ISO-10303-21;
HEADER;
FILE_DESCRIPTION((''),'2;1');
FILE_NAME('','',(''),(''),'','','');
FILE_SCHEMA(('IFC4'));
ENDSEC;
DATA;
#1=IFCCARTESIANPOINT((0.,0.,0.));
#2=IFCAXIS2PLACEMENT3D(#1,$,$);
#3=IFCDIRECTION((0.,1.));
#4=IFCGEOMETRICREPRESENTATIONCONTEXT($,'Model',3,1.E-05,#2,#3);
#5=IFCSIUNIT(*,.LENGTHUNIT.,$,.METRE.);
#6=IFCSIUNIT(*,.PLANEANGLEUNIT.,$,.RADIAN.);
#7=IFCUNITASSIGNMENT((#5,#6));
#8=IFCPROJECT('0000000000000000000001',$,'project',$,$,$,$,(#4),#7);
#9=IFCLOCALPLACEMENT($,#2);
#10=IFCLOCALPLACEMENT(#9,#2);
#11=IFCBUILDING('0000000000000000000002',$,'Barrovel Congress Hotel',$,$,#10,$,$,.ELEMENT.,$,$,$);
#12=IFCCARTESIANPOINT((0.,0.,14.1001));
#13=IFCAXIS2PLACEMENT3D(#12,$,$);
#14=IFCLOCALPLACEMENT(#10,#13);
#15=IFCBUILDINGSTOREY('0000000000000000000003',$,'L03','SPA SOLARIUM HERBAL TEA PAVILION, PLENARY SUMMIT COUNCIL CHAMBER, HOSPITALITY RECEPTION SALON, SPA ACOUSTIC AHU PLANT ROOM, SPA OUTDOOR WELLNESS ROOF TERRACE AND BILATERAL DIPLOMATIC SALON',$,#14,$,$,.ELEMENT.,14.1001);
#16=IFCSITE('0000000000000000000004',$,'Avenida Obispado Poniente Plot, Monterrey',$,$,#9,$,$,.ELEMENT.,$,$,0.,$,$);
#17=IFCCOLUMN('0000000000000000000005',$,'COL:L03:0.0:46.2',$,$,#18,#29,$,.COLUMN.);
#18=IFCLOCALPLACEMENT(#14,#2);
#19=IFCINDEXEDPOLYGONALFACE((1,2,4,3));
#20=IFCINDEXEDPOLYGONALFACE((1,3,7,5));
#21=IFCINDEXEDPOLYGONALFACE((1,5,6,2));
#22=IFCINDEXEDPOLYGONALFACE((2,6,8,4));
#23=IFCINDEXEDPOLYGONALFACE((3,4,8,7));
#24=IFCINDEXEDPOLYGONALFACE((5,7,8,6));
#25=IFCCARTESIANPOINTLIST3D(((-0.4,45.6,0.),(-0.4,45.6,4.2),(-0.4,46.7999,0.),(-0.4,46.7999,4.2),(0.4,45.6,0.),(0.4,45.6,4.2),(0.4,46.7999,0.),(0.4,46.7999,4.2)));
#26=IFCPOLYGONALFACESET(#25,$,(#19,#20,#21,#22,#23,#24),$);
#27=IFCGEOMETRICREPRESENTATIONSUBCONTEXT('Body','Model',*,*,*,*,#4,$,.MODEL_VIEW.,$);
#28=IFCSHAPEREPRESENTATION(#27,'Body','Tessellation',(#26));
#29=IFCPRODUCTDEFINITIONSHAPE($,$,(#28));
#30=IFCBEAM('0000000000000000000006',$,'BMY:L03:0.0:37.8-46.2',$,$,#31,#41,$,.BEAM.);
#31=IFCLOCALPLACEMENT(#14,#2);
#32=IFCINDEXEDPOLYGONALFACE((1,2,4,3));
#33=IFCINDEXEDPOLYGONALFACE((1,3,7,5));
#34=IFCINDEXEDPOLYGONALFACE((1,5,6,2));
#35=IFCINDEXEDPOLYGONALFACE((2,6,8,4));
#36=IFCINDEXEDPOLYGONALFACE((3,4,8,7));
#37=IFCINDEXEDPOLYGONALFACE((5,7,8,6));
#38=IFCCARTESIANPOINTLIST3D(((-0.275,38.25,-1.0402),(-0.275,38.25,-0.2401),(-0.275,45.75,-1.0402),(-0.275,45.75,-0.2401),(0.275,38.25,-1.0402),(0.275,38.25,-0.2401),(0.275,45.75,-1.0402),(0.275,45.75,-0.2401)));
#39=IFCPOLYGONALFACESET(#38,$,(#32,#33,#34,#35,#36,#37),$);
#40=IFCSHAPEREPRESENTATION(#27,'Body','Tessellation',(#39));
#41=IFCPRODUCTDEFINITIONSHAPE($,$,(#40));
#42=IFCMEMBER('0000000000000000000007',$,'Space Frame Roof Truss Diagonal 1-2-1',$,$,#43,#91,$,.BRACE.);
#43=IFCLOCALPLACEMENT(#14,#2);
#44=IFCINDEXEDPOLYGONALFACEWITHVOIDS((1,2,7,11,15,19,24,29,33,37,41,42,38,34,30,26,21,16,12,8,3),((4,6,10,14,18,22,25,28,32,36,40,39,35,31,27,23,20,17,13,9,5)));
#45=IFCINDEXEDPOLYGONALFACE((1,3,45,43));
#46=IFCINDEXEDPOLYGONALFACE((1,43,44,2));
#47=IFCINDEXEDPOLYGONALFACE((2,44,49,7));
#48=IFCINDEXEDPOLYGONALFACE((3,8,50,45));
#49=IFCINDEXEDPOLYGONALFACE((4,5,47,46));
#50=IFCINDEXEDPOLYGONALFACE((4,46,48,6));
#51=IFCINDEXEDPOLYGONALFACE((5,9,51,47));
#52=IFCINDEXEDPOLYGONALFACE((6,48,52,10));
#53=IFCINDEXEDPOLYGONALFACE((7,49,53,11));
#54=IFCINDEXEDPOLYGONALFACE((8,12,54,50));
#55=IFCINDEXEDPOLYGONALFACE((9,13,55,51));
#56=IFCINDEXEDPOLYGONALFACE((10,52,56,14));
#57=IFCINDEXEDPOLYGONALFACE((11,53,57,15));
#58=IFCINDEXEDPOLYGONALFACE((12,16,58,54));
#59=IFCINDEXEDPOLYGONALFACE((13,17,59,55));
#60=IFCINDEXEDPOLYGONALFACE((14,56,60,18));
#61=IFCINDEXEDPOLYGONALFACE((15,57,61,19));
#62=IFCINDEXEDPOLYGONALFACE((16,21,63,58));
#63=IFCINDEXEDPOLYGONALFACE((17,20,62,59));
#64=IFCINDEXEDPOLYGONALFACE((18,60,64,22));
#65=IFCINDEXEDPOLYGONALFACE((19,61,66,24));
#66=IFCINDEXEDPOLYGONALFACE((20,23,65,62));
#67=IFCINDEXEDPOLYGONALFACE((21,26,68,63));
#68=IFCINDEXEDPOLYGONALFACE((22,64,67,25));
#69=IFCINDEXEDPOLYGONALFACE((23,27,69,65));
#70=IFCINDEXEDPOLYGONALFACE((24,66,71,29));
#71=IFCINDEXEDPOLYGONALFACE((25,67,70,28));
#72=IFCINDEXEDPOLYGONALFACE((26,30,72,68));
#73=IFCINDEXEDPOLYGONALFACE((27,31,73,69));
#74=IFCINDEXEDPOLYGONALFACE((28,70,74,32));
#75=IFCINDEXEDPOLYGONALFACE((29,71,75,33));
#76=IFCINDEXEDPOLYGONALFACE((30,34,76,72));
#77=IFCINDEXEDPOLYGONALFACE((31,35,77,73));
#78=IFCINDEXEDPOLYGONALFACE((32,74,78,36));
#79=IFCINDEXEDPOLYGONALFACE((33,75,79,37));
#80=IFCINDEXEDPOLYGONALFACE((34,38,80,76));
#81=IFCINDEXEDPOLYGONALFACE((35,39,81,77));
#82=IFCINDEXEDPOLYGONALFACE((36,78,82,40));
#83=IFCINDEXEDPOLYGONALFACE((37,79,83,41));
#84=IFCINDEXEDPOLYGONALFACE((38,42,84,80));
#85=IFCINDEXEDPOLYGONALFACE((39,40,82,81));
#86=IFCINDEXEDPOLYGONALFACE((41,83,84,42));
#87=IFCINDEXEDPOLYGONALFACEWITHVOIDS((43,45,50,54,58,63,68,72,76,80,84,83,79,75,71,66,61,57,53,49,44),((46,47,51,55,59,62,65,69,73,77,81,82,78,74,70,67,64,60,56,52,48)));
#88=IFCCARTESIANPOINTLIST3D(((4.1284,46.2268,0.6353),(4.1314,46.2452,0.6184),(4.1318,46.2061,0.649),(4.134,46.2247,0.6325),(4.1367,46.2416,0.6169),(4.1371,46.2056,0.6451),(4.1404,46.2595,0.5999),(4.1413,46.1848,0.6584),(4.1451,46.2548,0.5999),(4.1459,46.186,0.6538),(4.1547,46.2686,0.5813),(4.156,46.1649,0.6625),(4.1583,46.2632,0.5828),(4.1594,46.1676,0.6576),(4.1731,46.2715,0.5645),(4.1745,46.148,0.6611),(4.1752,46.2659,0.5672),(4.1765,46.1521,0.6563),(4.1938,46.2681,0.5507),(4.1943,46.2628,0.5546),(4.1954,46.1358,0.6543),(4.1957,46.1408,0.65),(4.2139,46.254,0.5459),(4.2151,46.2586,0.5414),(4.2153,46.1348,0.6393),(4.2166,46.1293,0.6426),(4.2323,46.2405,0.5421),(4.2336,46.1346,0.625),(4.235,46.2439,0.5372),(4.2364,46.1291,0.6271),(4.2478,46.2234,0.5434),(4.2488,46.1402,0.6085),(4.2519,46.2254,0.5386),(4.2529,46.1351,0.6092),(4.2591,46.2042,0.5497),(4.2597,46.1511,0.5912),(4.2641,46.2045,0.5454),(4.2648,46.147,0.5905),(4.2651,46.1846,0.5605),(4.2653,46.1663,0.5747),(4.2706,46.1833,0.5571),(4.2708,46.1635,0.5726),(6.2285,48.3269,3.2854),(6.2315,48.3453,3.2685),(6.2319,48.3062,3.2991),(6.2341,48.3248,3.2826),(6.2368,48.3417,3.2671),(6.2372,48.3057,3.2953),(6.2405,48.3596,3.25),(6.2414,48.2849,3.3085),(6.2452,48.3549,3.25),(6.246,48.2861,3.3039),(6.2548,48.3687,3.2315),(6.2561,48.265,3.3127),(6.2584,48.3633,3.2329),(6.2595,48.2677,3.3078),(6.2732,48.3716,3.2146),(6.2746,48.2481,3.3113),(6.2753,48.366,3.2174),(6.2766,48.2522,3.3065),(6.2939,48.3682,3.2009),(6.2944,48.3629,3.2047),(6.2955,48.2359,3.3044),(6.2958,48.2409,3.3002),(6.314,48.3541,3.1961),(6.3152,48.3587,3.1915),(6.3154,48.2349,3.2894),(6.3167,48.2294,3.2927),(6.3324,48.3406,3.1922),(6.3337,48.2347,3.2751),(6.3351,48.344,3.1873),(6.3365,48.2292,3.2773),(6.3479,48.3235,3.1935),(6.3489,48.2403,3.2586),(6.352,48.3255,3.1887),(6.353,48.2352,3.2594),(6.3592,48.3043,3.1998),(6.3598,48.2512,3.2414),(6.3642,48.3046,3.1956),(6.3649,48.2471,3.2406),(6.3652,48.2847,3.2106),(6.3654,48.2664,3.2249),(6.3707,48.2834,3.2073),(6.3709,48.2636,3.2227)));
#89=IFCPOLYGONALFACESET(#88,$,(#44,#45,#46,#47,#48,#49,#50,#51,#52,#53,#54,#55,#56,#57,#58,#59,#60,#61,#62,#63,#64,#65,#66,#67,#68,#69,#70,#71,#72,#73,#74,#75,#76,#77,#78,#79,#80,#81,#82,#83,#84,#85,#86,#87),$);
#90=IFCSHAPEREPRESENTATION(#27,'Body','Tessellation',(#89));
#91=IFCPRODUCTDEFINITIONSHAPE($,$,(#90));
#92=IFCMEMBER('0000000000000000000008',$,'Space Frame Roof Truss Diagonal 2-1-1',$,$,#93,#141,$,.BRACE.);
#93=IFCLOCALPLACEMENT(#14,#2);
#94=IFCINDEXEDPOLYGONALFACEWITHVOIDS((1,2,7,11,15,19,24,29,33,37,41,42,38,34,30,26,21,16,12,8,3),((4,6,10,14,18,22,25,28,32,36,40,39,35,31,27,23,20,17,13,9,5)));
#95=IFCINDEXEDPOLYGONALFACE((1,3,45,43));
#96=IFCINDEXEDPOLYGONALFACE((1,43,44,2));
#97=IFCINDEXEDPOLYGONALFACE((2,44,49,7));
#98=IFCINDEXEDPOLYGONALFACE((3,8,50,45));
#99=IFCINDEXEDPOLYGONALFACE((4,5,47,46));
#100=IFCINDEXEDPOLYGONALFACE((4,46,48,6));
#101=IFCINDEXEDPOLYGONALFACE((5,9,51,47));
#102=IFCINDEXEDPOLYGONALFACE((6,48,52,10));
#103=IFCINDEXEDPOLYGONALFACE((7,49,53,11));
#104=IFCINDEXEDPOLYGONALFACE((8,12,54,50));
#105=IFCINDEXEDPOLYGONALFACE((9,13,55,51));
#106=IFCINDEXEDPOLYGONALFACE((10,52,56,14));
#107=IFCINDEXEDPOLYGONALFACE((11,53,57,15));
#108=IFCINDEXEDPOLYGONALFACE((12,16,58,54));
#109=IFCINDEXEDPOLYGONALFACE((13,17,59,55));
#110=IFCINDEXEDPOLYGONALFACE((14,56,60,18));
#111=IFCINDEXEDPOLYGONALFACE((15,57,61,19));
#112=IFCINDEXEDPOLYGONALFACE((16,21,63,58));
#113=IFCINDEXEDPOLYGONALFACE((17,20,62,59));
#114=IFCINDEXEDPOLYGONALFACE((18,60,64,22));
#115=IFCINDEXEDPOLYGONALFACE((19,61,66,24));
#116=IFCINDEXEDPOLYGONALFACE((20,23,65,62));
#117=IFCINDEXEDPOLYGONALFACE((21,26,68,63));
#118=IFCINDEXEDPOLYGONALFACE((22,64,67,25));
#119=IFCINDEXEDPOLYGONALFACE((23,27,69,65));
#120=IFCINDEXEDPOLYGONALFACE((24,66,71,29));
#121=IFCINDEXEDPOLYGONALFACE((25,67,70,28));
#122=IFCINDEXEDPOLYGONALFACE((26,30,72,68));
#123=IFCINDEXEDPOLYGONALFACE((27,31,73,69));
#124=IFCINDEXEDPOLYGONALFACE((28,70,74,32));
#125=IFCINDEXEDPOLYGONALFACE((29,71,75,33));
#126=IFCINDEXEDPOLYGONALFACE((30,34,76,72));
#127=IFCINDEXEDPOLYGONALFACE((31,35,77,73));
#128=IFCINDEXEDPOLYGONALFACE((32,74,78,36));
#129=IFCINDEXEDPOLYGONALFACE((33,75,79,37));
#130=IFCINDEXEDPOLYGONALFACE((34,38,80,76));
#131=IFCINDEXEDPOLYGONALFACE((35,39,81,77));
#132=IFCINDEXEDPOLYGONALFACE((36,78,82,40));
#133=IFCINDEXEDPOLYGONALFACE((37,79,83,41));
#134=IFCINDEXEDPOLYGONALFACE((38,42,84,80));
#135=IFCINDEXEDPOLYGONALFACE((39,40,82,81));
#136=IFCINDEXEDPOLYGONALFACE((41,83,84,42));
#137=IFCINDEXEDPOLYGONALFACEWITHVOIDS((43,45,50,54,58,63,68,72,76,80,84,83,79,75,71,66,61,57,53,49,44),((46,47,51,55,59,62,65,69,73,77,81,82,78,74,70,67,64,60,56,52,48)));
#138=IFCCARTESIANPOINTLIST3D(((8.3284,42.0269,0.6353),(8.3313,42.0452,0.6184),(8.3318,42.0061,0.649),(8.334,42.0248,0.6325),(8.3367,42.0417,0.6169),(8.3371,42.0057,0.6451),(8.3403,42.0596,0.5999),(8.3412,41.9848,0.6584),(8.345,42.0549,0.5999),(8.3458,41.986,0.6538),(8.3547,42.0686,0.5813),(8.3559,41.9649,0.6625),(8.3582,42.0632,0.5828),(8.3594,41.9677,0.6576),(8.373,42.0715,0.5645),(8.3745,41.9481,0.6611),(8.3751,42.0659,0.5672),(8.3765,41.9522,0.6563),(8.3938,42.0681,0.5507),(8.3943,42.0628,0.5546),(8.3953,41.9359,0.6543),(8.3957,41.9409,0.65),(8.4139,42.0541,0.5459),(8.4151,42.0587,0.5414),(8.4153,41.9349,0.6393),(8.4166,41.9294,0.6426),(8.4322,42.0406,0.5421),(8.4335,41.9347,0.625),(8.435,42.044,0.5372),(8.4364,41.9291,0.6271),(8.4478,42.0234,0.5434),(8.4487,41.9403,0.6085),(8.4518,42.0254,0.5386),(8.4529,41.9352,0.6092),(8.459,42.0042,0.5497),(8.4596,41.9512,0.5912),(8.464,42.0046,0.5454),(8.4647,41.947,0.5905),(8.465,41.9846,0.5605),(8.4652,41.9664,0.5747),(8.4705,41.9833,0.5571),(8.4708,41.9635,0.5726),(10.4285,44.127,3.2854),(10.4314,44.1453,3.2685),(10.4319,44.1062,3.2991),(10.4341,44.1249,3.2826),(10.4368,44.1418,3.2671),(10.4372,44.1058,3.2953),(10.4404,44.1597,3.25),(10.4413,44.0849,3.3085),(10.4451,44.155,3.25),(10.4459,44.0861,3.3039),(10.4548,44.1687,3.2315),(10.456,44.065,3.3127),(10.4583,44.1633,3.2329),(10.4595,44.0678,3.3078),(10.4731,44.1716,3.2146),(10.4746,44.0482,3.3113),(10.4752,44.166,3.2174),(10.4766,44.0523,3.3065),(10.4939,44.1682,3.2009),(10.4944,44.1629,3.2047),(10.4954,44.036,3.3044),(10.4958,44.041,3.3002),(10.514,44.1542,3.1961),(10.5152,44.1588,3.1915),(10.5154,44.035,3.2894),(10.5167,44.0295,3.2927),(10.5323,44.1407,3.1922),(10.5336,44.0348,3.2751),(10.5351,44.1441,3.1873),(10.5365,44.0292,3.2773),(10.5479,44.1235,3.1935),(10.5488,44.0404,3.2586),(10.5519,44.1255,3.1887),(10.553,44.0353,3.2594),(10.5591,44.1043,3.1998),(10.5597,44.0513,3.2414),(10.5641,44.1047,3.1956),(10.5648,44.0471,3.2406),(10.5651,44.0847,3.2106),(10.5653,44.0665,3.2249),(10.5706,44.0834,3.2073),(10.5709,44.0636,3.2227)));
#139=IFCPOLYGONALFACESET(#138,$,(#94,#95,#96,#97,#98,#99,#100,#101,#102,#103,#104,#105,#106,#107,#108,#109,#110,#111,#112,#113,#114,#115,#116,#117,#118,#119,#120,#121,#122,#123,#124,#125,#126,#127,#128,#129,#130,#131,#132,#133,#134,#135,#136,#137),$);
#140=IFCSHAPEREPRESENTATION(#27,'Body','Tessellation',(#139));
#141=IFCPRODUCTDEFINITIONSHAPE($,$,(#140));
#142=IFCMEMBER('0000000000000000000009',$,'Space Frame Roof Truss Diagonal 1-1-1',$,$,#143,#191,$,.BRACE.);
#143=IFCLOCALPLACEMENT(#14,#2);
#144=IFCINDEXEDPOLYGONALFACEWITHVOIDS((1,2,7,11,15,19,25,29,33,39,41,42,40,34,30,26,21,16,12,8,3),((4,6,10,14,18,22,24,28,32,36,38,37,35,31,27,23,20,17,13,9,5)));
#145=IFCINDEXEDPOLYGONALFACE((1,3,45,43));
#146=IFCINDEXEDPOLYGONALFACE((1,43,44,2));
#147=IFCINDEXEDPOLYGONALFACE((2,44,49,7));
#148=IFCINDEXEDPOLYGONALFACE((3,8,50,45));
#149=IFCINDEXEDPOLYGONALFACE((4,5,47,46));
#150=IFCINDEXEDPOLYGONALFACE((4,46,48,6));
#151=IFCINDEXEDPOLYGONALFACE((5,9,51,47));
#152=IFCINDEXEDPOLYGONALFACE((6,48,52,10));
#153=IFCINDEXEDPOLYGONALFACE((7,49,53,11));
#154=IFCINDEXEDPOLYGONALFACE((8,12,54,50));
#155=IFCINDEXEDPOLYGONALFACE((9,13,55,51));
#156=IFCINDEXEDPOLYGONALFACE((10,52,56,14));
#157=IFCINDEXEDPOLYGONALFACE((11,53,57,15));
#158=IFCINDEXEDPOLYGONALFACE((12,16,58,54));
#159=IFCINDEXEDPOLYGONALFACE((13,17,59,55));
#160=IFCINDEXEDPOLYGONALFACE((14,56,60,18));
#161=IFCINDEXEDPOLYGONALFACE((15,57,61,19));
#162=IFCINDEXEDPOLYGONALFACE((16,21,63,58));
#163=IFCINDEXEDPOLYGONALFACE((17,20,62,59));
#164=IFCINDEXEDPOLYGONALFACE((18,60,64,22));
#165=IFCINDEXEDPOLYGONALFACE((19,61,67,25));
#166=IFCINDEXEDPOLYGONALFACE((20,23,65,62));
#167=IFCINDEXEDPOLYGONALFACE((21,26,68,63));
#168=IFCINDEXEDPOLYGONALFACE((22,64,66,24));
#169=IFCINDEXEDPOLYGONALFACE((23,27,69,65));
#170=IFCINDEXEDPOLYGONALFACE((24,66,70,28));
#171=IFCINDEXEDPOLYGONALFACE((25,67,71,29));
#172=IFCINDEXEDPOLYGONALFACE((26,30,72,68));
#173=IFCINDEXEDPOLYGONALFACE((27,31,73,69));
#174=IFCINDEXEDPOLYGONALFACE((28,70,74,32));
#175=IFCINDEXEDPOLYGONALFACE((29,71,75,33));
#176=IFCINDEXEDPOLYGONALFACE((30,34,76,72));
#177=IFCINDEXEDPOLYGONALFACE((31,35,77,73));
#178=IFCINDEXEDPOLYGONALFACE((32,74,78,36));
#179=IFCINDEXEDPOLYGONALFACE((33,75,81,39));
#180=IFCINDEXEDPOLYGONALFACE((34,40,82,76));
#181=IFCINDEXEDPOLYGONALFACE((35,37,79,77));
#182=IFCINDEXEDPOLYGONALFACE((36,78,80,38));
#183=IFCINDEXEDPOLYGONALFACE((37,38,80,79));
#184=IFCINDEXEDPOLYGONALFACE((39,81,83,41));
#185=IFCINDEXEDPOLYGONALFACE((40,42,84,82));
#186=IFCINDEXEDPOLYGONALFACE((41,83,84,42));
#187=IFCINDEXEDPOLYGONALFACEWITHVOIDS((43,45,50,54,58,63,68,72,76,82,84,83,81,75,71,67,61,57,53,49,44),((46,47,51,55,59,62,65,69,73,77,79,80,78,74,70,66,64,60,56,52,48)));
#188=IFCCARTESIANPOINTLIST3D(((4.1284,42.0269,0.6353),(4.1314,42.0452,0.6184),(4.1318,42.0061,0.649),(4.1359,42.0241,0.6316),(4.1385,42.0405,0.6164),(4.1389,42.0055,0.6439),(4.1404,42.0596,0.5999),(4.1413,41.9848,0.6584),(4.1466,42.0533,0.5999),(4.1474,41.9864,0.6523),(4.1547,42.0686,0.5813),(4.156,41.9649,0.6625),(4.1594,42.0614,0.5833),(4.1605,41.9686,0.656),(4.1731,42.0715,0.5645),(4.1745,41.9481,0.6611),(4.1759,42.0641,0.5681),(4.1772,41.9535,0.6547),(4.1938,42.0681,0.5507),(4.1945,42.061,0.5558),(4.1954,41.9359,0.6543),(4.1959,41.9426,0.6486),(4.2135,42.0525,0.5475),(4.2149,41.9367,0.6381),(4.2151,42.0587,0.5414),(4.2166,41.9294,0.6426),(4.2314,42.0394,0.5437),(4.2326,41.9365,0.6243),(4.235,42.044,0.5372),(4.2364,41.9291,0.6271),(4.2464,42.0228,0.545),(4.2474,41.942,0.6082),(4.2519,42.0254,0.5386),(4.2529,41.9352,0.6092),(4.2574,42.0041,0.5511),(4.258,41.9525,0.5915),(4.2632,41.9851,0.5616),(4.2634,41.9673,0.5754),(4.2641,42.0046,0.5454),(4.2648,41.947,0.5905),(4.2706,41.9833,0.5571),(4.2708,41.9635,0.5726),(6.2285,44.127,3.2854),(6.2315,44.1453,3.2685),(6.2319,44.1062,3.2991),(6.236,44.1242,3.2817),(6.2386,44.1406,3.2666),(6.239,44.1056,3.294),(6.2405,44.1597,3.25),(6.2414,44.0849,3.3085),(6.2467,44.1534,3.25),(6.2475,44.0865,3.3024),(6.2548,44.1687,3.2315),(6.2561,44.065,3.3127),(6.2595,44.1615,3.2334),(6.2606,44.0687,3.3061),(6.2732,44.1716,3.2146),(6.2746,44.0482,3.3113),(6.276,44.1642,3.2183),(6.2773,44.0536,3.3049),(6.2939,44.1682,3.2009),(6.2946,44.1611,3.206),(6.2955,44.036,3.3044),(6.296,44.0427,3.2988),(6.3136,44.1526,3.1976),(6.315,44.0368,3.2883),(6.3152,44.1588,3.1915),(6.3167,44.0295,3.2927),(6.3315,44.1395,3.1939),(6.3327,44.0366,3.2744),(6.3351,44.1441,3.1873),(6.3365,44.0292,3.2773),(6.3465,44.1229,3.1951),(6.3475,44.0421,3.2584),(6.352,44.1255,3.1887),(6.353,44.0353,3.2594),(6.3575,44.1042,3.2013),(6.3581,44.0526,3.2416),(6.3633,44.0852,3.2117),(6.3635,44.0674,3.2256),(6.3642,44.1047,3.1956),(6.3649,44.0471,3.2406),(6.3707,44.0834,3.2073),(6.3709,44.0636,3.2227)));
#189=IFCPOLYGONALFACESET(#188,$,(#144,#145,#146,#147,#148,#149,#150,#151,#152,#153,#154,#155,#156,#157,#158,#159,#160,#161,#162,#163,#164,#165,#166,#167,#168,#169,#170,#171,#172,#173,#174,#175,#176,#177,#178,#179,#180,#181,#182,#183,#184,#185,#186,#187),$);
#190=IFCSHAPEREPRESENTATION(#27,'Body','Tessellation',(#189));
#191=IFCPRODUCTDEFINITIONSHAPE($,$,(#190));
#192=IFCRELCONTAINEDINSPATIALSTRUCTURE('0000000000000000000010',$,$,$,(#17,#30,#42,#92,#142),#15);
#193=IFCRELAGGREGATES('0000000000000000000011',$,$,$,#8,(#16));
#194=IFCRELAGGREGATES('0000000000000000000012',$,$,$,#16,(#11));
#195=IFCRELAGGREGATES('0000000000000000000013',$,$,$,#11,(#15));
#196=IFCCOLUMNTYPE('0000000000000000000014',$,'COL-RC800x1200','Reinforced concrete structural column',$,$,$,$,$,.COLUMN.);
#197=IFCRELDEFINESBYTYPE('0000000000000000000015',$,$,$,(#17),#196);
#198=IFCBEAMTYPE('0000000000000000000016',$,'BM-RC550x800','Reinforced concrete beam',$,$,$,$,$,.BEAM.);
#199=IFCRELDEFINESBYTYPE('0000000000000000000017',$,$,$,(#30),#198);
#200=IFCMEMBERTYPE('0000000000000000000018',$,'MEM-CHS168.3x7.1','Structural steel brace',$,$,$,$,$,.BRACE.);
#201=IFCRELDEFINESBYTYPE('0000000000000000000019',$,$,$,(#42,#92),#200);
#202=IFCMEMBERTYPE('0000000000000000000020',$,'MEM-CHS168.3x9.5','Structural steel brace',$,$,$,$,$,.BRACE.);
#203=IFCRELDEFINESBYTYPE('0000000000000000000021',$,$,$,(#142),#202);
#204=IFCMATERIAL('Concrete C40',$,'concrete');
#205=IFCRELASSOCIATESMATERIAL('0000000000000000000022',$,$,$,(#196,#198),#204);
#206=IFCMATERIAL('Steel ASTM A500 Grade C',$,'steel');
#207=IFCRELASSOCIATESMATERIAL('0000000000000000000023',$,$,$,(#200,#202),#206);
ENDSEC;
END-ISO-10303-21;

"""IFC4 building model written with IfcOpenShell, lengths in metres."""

from ifc_helpers import new_model, si_unit, direction, frame, origin, origin_2d, place, context, subcontext, project, spatial, rectangle, hollow_circle, extrude, material, material_profile, profile_set, type_object, element, save


model = new_model("IFC4")

# Units and contexts
model_context = context("Model", 3, precision=1e-05, world=origin(), true_north=direction((0.0, 1.0)))
body_context = subcontext(model_context, "Body", "Model", "MODEL_VIEW")
ifc_project = project(units=[si_unit("LENGTHUNIT", "METRE"), si_unit("PLANEANGLEUNIT", "RADIAN")], contexts=[model_context])

# Site, building, storey
site_placement = place(None, origin())
site = spatial("IfcSite", under=ifc_project, at=site_placement, Name="Avenida Obispado Poniente Plot, Monterrey", CompositionType="ELEMENT", RefElevation=0.0)
building_placement = place(site_placement, origin())
building = spatial("IfcBuilding", under=site, at=building_placement, Name="Barrovel Congress Hotel", CompositionType="ELEMENT")
storey_placement = place(building_placement, frame((0.0, 0.0, 14.1001)))
storey = spatial("IfcBuildingStorey", under=building, at=storey_placement, Name="L03", Description="SPA SOLARIUM HERBAL TEA PAVILION, PLENARY SUMMIT COUNCIL CHAMBER, HOSPITALITY RECEPTION SALON, SPA ACOUSTIC AHU PLANT ROOM, SPA OUTDOOR WELLNESS ROOF TERRACE AND BILATERAL DIPLOMATIC SALON", CompositionType="ELEMENT", Elevation=14.1001)

# Column
ifc_material_1 = material(Name="Concrete C40", Category="concrete")
ifc_material_profile_1 = material_profile(ifc_material_1, rectangle(XDim=0.8, YDim=1.2, at=origin_2d()), Name="RC800x1200")
ifc_profile_set_1 = profile_set([ifc_material_profile_1], Name="Concrete C40")
column_type = type_object("IfcColumnType", Name="COL-RC800x1200", Description="Reinforced concrete structural column", PredefinedType="COLUMN", material=ifc_profile_set_1)
column_placement = place(storey_placement, frame((0.0, 46.2, 0.0), z_axis=(0.0, 0.0, 1.0), x_axis=(1.0, 0.0, 0.0)))
element("IfcColumn", 1, at=column_placement, inside=storey, type_object=column_type, Name="COL:L03:0.0:46.2", PredefinedType="COLUMN", context=body_context, shape_type="SweptSolid", body=[
    extrude(rectangle(XDim=0.8, YDim=1.2, at=origin_2d()), origin(), (0.0, 0.0, 1.0), 4.2),
])

# Beam
ifc_material_profile_2 = material_profile(ifc_material_1, rectangle(XDim=0.55, YDim=0.8, at=origin_2d()), Name="RC550x800")
ifc_profile_set_2 = profile_set([ifc_material_profile_2], Name="Concrete C40")
beam_type_1 = type_object("IfcBeamType", Name="BM-RC550x800", Description="Reinforced concrete beam", PredefinedType="BEAM", material=ifc_profile_set_2)
beam_1_placement = place(storey_placement, frame((0.0, 38.25, -0.6401), z_axis=(0.0, 1.0, 0.0), x_axis=(-1.0, 0.0, 0.0)))
element("IfcBeam", 2, at=beam_1_placement, inside=storey, type_object=beam_type_1, Name="BMY:L03:0.0:37.8-46.2", PredefinedType="BEAM", context=body_context, shape_type="SweptSolid", body=[
    extrude(rectangle(XDim=0.55, YDim=0.8, at=origin_2d()), origin(), (0.0, 0.0, 1.0), 7.5),
])

# Members
ifc_material_2 = material(Name="Steel ASTM A500 Grade C", Category="steel")
ifc_material_profile_3 = material_profile(ifc_material_2, hollow_circle(Radius=0.0842, WallThickness=0.0066, at=origin_2d()), Name="CHS168.3x7.1")
ifc_profile_set_3 = profile_set([ifc_material_profile_3], Name="Steel ASTM A500 Grade C")
member_type_1 = type_object("IfcMemberType", Name="MEM-CHS168.3x7.1", Description="Structural steel brace", PredefinedType="BRACE", material=ifc_profile_set_3)
for number, where, z_axis, x_axis, name in (
    (3, (4.2, 46.2, 0.5999), (0.527601, 0.527601, 0.665788), (-0.707107, 0.707107, 0.0), "Space Frame Roof Truss Diagonal 1-2-1"),
    (4, (8.3999, 42.0, 0.5999), (0.527601, 0.527601, 0.665788), (-0.707107, 0.707107, 0.0), "Space Frame Roof Truss Diagonal 2-1-1"),
):
    element("IfcMember", number, at=place(storey_placement, frame(where, z_axis=z_axis, x_axis=x_axis)), inside=storey, type_object=member_type_1, Name=name, PredefinedType="BRACE", context=body_context, shape_type="SweptSolid", body=[
        extrude(hollow_circle(Radius=0.0842, WallThickness=0.0066, at=origin_2d()), origin(), (0.0, 0.0, 1.0), 3.9805),
    ])
ifc_material_profile_4 = material_profile(ifc_material_2, hollow_circle(Radius=0.0842, WallThickness=0.0088, at=origin_2d()), Name="CHS168.3x9.5")
ifc_profile_set_4 = profile_set([ifc_material_profile_4], Name="Steel ASTM A500 Grade C")
member_type_2 = type_object("IfcMemberType", Name="MEM-CHS168.3x9.5", Description="Structural steel brace", PredefinedType="BRACE", material=ifc_profile_set_4)
member_1_placement = place(storey_placement, frame((4.2, 42.0, 0.5999), z_axis=(0.527601, 0.527601, 0.665788), x_axis=(-0.707107, 0.707107, 0.0)))
element("IfcMember", 5, at=member_1_placement, inside=storey, type_object=member_type_2, Name="Space Frame Roof Truss Diagonal 1-1-1", PredefinedType="BRACE", context=body_context, shape_type="SweptSolid", body=[
    extrude(hollow_circle(Radius=0.0842, WallThickness=0.0088, at=origin_2d()), origin(), (0.0, 0.0, 1.0), 3.9805),
])

save(model, "model.ifc")
